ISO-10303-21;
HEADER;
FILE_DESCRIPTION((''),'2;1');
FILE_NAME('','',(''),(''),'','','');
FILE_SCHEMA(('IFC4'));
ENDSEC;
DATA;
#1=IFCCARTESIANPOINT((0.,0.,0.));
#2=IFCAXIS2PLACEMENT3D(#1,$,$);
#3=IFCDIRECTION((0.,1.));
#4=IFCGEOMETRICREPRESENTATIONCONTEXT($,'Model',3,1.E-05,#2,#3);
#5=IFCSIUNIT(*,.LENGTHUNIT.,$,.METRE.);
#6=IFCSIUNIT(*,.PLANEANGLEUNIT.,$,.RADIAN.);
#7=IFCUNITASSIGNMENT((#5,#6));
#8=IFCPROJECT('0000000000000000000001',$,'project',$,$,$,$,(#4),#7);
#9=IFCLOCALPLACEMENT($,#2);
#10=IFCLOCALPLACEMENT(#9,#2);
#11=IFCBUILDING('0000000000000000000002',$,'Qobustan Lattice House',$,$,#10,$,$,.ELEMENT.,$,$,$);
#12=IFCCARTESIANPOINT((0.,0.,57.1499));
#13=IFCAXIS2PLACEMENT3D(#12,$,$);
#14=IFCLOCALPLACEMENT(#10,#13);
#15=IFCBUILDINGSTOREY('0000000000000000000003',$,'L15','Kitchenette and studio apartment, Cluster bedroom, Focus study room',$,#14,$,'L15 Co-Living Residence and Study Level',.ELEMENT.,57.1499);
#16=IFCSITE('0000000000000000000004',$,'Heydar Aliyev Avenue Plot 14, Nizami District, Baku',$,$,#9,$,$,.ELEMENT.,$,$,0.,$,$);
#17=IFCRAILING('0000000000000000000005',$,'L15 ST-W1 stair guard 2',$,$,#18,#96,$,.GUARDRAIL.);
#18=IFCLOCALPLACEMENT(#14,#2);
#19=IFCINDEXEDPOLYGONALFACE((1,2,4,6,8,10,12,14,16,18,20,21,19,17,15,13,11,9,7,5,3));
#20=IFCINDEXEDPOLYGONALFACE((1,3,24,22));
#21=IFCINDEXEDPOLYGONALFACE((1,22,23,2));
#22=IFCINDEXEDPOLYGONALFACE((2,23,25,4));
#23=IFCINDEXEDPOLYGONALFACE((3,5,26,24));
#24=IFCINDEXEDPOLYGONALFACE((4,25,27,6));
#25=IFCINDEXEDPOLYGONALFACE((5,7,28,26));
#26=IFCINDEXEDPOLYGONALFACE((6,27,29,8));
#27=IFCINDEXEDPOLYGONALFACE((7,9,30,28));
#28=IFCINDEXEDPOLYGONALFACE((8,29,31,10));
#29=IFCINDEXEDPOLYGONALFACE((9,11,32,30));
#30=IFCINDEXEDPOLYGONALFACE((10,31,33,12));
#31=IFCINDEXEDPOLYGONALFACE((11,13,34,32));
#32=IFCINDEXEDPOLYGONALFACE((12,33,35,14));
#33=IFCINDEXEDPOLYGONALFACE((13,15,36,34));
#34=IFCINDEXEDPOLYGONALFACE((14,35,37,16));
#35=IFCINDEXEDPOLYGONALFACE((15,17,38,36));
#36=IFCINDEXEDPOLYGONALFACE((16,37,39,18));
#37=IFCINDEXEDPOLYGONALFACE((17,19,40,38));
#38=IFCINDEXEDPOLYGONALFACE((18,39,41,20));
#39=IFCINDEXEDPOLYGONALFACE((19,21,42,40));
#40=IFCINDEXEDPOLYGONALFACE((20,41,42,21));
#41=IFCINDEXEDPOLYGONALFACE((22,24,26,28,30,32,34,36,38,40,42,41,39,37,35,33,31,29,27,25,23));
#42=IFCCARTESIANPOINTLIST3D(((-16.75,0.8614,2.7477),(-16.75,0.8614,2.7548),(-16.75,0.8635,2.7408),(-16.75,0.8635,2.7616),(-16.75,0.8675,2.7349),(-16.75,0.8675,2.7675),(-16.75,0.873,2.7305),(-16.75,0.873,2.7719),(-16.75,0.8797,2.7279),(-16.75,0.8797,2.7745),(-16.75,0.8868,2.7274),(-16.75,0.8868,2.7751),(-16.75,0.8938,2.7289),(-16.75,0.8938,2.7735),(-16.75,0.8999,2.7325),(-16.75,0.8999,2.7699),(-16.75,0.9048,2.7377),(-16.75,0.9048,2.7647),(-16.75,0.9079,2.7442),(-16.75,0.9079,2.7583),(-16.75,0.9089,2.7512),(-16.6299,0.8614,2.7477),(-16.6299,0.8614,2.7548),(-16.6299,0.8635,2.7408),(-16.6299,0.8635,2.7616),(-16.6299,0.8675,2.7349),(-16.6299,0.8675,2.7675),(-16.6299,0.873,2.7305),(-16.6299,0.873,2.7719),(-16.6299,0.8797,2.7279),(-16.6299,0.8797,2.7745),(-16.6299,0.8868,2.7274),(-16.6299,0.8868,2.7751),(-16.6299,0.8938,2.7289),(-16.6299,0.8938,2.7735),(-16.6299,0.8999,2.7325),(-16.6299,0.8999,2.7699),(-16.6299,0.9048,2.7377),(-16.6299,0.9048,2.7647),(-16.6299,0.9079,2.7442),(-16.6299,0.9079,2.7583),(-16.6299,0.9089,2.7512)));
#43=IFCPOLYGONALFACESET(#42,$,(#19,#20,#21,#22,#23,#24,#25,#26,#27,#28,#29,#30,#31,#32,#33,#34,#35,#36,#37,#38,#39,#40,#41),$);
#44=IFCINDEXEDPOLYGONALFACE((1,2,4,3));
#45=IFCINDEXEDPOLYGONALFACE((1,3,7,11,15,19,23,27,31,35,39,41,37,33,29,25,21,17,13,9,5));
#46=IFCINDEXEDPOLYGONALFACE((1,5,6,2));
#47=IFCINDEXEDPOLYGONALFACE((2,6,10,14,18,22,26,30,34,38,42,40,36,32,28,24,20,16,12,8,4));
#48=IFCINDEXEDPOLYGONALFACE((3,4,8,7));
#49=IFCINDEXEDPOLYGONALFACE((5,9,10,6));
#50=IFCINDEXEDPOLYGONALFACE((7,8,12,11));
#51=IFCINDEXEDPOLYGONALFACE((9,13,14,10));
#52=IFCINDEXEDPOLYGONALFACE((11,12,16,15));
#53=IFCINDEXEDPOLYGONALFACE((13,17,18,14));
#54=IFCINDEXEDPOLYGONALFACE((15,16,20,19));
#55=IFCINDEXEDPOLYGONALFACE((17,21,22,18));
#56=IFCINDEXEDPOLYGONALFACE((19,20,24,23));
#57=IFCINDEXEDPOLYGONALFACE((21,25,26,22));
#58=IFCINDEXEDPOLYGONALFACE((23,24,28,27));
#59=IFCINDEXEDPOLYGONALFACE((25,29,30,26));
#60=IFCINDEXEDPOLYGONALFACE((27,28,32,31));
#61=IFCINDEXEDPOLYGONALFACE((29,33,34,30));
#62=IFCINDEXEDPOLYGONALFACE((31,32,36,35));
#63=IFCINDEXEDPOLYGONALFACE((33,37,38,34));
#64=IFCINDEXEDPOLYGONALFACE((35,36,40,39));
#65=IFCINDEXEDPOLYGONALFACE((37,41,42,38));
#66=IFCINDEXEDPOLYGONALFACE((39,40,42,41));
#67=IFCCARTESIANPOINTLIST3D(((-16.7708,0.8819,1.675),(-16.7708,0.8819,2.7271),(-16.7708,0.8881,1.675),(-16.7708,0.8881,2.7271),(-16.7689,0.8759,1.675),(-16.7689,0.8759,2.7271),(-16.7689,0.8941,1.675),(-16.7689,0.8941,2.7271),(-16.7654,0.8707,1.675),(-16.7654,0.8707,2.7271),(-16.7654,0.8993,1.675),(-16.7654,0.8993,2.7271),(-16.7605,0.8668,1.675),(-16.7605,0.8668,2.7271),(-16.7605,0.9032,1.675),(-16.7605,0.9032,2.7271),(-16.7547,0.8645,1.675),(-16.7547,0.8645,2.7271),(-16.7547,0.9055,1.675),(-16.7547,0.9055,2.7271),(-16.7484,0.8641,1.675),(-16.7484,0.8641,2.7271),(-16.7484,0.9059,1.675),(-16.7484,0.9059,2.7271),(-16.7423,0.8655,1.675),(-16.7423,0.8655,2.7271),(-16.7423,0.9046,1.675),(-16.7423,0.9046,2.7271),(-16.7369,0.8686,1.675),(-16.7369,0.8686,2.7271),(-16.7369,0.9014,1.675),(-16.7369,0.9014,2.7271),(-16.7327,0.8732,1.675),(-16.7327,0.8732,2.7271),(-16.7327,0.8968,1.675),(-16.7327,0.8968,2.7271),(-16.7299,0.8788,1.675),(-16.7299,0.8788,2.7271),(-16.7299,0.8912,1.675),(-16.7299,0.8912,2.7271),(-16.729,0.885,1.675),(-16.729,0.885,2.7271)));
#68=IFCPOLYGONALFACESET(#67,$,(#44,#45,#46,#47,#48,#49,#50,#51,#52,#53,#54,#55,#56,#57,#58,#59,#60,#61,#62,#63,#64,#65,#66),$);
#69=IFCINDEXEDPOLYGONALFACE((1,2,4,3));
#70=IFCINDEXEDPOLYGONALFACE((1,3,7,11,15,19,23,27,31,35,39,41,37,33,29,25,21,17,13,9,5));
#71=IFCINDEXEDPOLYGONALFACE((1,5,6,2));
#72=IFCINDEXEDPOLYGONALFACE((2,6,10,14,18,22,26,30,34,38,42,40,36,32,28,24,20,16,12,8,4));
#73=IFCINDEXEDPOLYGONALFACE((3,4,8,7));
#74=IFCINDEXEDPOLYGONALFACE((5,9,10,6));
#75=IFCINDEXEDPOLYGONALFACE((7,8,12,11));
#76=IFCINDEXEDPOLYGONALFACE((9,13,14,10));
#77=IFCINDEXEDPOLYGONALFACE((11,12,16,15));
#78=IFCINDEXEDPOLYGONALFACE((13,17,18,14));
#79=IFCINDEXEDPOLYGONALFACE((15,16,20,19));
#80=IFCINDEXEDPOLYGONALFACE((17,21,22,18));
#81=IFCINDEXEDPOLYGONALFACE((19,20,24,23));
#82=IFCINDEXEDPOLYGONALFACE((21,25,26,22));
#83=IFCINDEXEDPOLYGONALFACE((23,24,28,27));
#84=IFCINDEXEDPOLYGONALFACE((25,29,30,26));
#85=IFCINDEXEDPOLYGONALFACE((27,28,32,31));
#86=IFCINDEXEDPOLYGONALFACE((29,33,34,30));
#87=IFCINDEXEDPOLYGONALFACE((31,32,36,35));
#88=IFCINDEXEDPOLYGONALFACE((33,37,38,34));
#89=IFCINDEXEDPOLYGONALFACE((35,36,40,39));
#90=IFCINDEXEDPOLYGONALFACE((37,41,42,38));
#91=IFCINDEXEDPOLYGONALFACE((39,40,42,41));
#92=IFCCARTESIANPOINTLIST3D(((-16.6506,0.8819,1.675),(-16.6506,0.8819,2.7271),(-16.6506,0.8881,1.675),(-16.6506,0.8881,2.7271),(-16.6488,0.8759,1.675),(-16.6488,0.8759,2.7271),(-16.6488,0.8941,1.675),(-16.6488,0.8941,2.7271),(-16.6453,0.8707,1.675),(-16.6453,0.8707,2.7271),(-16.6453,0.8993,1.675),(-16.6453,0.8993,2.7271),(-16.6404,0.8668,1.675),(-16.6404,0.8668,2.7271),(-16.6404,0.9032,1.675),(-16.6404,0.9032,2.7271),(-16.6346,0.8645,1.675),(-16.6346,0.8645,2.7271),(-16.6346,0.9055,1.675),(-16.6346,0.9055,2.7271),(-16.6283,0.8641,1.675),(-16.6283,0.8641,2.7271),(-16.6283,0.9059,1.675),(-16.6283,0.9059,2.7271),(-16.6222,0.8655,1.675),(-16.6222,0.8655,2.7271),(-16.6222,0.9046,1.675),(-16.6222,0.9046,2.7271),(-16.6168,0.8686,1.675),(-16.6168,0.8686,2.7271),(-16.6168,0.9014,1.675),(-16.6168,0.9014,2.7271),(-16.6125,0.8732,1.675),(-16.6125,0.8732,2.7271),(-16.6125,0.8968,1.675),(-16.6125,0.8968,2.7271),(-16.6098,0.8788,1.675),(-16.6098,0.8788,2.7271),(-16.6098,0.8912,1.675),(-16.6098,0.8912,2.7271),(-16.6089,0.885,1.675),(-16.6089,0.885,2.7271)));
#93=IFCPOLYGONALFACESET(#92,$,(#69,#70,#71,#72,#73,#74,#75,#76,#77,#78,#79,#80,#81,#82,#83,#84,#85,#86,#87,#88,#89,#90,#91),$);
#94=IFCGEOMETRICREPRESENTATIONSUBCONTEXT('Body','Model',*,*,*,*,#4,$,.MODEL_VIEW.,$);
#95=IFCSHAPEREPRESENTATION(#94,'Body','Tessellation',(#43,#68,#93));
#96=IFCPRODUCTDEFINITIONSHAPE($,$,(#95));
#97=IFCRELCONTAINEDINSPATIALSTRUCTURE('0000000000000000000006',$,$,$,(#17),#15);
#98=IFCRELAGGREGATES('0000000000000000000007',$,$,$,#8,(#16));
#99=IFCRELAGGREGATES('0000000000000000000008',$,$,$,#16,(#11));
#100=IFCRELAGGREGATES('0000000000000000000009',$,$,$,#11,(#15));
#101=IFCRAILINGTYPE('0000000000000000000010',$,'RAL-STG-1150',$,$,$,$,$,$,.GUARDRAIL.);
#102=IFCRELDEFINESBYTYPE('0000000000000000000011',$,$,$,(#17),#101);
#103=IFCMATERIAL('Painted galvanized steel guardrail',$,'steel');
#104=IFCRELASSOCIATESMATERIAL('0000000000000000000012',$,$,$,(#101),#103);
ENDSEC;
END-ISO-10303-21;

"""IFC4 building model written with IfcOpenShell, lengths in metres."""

from ifc_helpers import new_model, si_unit, direction, frame, origin, origin_2d, place, context, subcontext, project, spatial, circle, extrude, material, type_object, element, save


model = new_model("IFC4")

# Units and contexts
model_context = context("Model", 3, precision=1e-05, world=origin(), true_north=direction((0.0, 1.0)))
body_context = subcontext(model_context, "Body", "Model", "MODEL_VIEW")
ifc_project = project(units=[si_unit("LENGTHUNIT", "METRE"), si_unit("PLANEANGLEUNIT", "RADIAN")], contexts=[model_context])

# Site, building, storey
site_placement = place(None, origin())
site = spatial("IfcSite", under=ifc_project, at=site_placement, Name="Heydar Aliyev Avenue Plot 14, Nizami District, Baku", CompositionType="ELEMENT", RefElevation=0.0)
building_placement = place(site_placement, origin())
building = spatial("IfcBuilding", under=site, at=building_placement, Name="Qobustan Lattice House", CompositionType="ELEMENT")
storey_placement = place(building_placement, frame((0.0, 0.0, 57.1499)))
storey = spatial("IfcBuildingStorey", under=building, at=storey_placement, Name="L15", Description="Kitchenette and studio apartment, Cluster bedroom, Focus study room", LongName="L15 Co-Living Residence and Study Level", CompositionType="ELEMENT", Elevation=57.1499)

# Railing
ifc_material_1 = material(Name="Painted galvanized steel guardrail", Category="steel")
railing_type = type_object("IfcRailingType", Name="RAL-STG-1150", PredefinedType="GUARDRAIL", material=ifc_material_1)
railing_placement = place(storey_placement, frame((-16.75, 0.885, 1.675)))
element("IfcRailing", 1, at=railing_placement, inside=storey, type_object=railing_type, Name="L15 ST-W1 stair guard 2", PredefinedType="GUARDRAIL", context=body_context, shape_type="SweptSolid", body=[
    extrude(circle(Radius=0.0239, at=origin_2d()), frame((0.0, 0.0, 1.0762), z_axis=(1.0, 0.0, 0.0), x_axis=(0.0, 1.0, 0.0)), (0.0, 0.0, 1.0), 0.1201),
    extrude(circle(Radius=0.021, at=origin_2d()), origin(), (0.0, 0.0, 1.0), 1.052),
    extrude(circle(Radius=0.021, at=origin_2d()), frame((0.1201, 0.0, 0.0)), (0.0, 0.0, 1.0), 1.052),
])

save(model, "model.ifc")
